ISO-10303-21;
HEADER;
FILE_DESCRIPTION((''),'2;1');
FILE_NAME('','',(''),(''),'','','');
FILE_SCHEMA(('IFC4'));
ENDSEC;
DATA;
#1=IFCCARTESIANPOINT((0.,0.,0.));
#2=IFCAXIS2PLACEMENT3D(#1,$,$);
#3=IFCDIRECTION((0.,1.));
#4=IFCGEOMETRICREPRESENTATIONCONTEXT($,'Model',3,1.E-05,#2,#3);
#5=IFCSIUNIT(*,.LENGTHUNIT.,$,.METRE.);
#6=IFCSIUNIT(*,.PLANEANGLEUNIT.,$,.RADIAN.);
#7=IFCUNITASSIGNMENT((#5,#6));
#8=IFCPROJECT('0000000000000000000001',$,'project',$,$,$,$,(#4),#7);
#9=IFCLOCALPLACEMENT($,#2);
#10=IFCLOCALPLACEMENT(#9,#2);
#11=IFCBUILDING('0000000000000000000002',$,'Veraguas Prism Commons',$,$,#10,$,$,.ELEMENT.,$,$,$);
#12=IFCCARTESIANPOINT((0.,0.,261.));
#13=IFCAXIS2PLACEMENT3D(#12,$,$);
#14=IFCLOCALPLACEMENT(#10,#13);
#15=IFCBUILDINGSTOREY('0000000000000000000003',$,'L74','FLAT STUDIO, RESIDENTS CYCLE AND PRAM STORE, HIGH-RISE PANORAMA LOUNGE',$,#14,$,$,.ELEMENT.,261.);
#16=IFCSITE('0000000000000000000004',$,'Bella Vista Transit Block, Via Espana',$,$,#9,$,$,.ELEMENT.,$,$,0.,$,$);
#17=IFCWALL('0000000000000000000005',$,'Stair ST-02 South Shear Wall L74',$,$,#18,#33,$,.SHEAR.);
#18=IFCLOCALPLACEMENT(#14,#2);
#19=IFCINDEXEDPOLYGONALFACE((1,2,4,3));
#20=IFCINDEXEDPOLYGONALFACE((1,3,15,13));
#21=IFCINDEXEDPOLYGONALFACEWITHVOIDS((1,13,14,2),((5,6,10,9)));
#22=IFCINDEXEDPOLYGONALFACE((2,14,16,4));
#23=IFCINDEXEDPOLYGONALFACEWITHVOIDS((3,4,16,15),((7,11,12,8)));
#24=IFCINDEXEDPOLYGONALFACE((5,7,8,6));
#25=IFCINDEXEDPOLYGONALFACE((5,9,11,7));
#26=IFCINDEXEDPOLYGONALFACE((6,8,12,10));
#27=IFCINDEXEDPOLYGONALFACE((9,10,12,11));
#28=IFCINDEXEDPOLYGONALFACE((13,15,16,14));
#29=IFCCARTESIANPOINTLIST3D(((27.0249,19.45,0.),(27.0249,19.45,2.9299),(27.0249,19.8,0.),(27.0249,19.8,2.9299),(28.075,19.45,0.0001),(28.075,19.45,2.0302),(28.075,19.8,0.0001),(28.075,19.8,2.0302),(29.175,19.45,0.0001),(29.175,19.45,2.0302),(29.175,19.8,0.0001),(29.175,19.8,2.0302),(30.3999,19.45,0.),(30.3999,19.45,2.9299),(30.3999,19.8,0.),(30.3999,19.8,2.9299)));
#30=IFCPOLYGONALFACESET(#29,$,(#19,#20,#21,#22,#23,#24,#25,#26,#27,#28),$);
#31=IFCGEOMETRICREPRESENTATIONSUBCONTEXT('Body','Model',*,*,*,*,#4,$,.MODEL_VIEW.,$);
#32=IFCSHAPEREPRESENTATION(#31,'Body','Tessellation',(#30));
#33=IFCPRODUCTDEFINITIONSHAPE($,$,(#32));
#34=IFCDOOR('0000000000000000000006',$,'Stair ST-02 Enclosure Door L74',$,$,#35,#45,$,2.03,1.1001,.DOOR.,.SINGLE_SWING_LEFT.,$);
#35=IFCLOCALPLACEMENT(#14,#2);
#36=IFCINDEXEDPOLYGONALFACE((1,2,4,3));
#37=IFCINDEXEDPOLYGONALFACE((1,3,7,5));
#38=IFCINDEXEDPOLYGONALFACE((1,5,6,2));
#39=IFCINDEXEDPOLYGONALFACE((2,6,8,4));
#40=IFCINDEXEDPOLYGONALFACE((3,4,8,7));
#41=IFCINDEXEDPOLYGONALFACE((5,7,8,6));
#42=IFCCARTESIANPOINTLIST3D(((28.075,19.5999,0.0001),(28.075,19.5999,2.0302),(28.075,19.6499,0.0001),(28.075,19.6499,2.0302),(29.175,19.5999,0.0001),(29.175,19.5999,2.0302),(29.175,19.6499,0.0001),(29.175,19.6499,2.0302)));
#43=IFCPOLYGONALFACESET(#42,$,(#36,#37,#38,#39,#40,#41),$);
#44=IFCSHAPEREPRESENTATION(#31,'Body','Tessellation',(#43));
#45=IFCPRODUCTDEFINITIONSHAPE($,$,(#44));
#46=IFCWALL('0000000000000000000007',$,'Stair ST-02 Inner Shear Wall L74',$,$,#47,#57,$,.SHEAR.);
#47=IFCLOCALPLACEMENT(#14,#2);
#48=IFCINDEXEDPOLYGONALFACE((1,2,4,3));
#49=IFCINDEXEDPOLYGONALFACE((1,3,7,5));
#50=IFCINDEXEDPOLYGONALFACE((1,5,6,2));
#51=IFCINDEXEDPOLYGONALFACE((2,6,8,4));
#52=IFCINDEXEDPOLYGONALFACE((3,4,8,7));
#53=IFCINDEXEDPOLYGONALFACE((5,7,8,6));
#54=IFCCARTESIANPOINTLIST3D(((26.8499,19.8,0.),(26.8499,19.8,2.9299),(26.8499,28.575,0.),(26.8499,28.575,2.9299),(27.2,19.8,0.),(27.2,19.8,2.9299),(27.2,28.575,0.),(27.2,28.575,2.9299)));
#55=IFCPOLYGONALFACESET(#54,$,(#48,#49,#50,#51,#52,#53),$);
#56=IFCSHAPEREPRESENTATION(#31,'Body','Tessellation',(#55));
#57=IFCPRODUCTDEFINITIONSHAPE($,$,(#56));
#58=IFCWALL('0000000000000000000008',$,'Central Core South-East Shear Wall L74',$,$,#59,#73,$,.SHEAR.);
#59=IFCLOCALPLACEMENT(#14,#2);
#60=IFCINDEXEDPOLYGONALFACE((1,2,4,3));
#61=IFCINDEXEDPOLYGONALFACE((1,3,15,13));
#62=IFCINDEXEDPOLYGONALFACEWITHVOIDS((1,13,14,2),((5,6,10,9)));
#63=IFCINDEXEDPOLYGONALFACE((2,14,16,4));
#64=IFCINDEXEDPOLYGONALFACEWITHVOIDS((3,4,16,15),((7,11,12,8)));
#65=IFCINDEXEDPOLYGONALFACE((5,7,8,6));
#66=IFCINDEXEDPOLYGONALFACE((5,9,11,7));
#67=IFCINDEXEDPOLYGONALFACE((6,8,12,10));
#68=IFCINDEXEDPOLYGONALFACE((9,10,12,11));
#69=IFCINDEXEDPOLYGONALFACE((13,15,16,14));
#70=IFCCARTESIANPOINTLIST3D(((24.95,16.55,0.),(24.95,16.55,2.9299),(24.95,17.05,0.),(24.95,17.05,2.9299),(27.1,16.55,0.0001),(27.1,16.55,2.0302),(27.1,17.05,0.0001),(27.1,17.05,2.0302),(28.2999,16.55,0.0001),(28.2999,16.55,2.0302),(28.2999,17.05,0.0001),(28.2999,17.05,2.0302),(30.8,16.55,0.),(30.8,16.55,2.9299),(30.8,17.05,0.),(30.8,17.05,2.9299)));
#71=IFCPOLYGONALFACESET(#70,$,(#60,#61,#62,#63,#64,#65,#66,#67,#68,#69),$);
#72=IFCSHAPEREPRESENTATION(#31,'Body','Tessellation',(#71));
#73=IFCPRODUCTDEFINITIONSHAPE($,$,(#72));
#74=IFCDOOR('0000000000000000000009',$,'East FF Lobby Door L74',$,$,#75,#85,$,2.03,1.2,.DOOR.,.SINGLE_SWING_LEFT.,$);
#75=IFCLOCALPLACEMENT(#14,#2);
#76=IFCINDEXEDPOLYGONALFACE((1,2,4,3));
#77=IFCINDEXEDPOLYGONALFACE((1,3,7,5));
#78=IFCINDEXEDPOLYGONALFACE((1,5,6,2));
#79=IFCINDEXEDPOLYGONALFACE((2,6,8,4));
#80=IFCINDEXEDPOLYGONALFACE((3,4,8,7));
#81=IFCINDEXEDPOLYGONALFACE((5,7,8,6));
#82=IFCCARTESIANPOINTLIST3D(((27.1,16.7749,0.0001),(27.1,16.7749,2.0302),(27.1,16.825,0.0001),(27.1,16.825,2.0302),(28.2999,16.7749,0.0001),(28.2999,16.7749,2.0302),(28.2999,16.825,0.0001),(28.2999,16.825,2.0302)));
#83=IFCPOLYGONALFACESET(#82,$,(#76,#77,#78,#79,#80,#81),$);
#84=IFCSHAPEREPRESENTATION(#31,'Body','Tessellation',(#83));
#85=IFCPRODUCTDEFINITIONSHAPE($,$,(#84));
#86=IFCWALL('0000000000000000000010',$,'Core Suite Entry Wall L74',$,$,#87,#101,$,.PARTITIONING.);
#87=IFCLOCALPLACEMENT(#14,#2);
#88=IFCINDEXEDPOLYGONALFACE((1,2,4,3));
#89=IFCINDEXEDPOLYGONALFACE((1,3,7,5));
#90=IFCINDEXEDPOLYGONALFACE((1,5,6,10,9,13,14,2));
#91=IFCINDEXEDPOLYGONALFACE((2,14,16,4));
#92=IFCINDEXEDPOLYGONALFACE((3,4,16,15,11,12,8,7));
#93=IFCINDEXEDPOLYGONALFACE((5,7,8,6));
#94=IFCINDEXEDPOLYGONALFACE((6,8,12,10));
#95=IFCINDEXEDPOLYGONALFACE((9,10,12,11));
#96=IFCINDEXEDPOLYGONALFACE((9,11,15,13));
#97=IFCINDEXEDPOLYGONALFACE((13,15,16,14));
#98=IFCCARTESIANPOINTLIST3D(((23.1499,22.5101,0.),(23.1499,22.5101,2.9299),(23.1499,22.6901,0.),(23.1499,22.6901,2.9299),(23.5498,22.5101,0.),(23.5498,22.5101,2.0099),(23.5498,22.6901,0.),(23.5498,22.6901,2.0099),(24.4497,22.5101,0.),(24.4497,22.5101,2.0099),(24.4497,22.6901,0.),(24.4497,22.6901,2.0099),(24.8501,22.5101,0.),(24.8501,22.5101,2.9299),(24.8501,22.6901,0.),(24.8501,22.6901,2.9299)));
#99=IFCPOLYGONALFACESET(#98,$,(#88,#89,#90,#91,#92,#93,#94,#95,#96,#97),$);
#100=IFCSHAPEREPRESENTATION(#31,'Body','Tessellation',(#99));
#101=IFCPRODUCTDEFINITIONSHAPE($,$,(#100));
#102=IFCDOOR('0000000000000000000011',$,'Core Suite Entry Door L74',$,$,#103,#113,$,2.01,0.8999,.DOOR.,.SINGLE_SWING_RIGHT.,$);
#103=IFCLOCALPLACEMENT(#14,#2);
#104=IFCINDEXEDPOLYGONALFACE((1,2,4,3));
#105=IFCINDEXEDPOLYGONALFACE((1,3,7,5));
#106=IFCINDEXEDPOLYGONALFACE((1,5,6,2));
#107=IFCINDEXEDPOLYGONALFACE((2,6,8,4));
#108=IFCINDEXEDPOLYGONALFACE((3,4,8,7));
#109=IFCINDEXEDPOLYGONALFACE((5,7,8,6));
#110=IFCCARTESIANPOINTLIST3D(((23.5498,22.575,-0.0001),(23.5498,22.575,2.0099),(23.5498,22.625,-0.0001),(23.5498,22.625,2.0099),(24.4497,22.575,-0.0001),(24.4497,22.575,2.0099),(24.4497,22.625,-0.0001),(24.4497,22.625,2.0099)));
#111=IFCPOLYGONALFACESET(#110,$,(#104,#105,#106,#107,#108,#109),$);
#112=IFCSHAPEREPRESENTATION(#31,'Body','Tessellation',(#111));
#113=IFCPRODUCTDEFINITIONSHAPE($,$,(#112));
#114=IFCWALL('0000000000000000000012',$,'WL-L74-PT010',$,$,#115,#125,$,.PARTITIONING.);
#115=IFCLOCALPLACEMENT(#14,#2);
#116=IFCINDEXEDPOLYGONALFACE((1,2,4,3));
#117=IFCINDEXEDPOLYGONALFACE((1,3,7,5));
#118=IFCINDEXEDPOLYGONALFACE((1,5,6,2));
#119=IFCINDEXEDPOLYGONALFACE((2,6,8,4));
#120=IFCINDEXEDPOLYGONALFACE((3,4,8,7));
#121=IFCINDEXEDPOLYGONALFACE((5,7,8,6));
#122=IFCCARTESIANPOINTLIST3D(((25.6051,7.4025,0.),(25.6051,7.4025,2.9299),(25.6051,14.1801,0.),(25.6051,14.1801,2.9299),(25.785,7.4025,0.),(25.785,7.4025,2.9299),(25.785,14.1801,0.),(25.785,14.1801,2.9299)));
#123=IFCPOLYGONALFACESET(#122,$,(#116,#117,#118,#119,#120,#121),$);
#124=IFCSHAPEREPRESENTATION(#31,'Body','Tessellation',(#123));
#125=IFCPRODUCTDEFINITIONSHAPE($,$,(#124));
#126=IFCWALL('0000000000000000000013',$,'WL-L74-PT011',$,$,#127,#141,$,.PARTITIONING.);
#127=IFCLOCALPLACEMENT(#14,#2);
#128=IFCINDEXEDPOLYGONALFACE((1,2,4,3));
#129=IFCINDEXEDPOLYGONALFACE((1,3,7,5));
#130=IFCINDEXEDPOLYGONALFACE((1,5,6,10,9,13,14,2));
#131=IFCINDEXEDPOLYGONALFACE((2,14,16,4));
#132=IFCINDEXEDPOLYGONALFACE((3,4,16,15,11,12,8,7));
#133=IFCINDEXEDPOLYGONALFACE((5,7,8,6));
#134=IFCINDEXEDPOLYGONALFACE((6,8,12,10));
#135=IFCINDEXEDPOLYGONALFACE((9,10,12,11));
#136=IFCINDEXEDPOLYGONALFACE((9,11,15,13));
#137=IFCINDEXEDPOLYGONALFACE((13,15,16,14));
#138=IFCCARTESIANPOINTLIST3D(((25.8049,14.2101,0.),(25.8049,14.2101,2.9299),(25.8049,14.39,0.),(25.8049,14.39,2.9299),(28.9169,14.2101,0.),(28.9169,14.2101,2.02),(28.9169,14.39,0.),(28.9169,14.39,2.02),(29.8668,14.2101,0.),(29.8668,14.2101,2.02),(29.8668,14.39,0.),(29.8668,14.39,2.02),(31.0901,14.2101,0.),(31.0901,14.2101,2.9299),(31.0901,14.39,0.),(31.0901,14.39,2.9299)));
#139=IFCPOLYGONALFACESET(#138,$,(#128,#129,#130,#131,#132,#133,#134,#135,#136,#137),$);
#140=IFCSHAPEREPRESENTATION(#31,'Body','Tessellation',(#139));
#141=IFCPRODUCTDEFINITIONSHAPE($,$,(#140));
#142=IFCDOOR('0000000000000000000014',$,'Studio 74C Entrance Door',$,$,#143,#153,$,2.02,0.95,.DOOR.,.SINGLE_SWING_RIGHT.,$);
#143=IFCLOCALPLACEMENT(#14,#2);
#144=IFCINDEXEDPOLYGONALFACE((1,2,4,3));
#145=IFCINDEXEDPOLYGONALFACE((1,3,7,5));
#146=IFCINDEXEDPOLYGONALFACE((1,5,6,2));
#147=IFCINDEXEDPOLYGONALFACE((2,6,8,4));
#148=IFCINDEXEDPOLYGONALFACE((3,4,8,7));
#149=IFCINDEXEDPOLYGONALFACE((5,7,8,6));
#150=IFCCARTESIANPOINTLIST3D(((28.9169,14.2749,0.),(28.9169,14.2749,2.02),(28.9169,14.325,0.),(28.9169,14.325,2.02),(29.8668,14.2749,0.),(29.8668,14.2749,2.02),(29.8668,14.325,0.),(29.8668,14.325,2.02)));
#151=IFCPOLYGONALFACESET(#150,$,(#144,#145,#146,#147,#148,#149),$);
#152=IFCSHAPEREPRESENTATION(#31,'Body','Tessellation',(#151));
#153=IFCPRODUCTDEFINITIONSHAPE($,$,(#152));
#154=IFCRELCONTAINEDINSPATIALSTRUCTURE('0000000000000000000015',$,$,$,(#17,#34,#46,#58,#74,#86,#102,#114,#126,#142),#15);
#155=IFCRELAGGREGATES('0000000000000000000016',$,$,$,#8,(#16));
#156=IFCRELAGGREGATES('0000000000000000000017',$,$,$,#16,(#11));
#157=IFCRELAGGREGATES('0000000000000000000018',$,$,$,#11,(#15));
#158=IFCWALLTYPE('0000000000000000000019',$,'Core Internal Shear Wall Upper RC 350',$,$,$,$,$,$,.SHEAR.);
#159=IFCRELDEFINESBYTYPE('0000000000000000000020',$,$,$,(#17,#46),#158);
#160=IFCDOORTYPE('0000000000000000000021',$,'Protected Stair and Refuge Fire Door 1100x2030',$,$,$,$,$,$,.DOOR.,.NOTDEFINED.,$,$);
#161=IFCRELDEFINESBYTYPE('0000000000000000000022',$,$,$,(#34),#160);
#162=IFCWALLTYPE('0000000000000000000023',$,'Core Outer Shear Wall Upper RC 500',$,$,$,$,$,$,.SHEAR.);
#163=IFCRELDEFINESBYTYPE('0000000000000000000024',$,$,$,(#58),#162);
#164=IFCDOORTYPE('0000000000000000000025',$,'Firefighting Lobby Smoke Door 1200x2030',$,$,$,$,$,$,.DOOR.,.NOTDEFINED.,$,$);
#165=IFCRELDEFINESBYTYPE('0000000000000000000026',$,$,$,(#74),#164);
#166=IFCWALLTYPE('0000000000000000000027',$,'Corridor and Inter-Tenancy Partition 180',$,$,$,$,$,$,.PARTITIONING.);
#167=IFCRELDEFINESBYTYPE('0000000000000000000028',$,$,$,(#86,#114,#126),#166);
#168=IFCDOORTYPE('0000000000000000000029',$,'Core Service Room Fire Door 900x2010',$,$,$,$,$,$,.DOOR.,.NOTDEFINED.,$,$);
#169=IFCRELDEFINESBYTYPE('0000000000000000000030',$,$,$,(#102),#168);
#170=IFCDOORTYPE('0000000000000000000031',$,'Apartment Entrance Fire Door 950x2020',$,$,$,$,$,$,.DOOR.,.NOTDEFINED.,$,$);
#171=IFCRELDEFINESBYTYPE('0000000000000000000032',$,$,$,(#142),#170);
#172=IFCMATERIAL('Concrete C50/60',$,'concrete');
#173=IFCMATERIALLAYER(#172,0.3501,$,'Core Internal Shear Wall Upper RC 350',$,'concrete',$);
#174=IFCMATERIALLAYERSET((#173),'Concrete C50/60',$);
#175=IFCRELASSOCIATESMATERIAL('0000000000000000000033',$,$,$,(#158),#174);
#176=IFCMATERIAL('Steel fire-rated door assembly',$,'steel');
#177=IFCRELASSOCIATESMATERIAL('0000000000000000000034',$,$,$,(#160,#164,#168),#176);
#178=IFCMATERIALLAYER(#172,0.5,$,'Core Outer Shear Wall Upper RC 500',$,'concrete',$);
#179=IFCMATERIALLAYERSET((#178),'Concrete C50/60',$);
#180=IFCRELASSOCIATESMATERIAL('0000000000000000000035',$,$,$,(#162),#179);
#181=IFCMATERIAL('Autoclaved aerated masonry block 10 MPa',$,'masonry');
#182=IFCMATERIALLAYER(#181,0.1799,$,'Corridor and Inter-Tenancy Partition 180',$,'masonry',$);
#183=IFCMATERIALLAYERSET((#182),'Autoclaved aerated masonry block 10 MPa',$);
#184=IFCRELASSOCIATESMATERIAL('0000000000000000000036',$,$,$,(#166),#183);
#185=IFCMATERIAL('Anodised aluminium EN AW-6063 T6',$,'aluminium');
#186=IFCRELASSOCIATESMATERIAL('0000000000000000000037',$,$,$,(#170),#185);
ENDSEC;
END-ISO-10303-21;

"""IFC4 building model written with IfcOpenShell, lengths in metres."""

from ifc_helpers import new_model, si_unit, direction, frame, frame_2d, origin, place, context, subcontext, project, spatial, rectangle, extrude, source, transform, mapped, material, layer, layer_set, type_object, element, fill, save


model = new_model("IFC4")

# Units and contexts
model_context = context("Model", 3, precision=1e-05, world=origin(), true_north=direction((0.0, 1.0)))
body_context = subcontext(model_context, "Body", "Model", "MODEL_VIEW")
ifc_project = project(units=[si_unit("LENGTHUNIT", "METRE"), si_unit("PLANEANGLEUNIT", "RADIAN")], contexts=[model_context])

# Site, building, storey
site_placement = place(None, origin())
site = spatial("IfcSite", under=ifc_project, at=site_placement, Name="Bella Vista Transit Block, Via Espana", CompositionType="ELEMENT", RefElevation=0.0)
building_placement = place(site_placement, origin())
building = spatial("IfcBuilding", under=site, at=building_placement, Name="Veraguas Prism Commons", CompositionType="ELEMENT")
storey_placement = place(building_placement, frame((0.0, 0.0, 261.0)))
storey = spatial("IfcBuildingStorey", under=building, at=storey_placement, Name="L74", Description="FLAT STUDIO, RESIDENTS CYCLE AND PRAM STORE, HIGH-RISE PANORAMA LOUNGE", CompositionType="ELEMENT", Elevation=261.0)

# Wall, opening, door
ifc_material_1 = material(Name="Concrete C50/60", Category="concrete")
ifc_layer_1 = layer(ifc_material_1, 0.3501, Name="Core Internal Shear Wall Upper RC 350", Category="concrete")
ifc_layer_set_1 = layer_set([ifc_layer_1], Name="Concrete C50/60")
wall_type_1 = type_object("IfcWallType", Name="Core Internal Shear Wall Upper RC 350", PredefinedType="SHEAR", material=ifc_layer_set_1)
wall_1_placement = place(storey_placement, frame((27.0249, 19.625, 0.0), z_axis=(0.0, 0.0, 1.0), x_axis=(1.0, 0.0, 0.0)))
wall_1 = element("IfcWall", 1, at=wall_1_placement, inside=storey, type_object=wall_type_1, Name="Stair ST-02 South Shear Wall L74", PredefinedType="SHEAR", context=body_context, shape_type="SweptSolid", body=[
    extrude(rectangle(XDim=3.375, YDim=0.3501, at=frame_2d((1.6875, 0.0))), origin(), (0.0, 0.0, 1.0), 2.9299),
])
opening_1_placement = place(wall_1_placement, frame((1.05, 0.0, 0.0)))
opening_1 = element("IfcOpeningElement", 2, at=opening_1_placement, cuts=wall_1, PredefinedType="OPENING", context=body_context, shape_type="SweptSolid", body=[
    extrude(rectangle(XDim=1.1001, YDim=2.03, at=frame_2d((0.55, 1.0151))), frame((0.0, 0.1851, 0.0), z_axis=(0.0, -1.0, 0.0), x_axis=(1.0, 0.0, 0.0)), (0.0, 0.0, 1.0), 0.3701),
])
ifc_material_2 = material(Name="Steel fire-rated door assembly", Category="steel")
door_type_1 = type_object("IfcDoorType", Name="Protected Stair and Refuge Fire Door 1100x2030", OperationType="NOTDEFINED", PredefinedType="DOOR", material=ifc_material_2)
shared_shape_1 = source(origin(), body_context, "Body", "SweptSolid", [
    extrude(rectangle(XDim=1.1001, YDim=2.03, at=frame_2d((0.55, 1.0151))), frame((0.0, 0.0249, 0.0), z_axis=(0.0, -1.0, 0.0), x_axis=(1.0, 0.0, 0.0)), (0.0, 0.0, 1.0), 0.05),
])
door_1_placement = place(opening_1_placement, origin())
door_1 = element("IfcDoor", 3, at=door_1_placement, inside=storey, type_object=door_type_1, Name="Stair ST-02 Enclosure Door L74", OperationType="SINGLE_SWING_LEFT", OverallHeight=2.03, OverallWidth=1.1001, PredefinedType="DOOR", context=body_context, shape_type="MappedRepresentation", body=[
    mapped(shared_shape_1, transform((0.0, 0.0, 0.0), scale=1.0)),
])
fill(opening_1, door_1)

# Wall
wall_2_placement = place(storey_placement, frame((27.0249, 19.8, 0.0), z_axis=(0.0, 0.0, 1.0), x_axis=(0.0, 1.0, 0.0)))
element("IfcWall", 4, at=wall_2_placement, inside=storey, type_object=wall_type_1, Name="Stair ST-02 Inner Shear Wall L74", PredefinedType="SHEAR", context=body_context, shape_type="SweptSolid", body=[
    extrude(rectangle(XDim=8.7749, YDim=0.3501, at=frame_2d((4.3875, 0.0))), origin(), (0.0, 0.0, 1.0), 2.9299),
])

# Walls, openings, doors
ifc_layer_2 = layer(ifc_material_1, 0.5, Name="Core Outer Shear Wall Upper RC 500", Category="concrete")
ifc_layer_set_2 = layer_set([ifc_layer_2], Name="Concrete C50/60")
wall_type_2 = type_object("IfcWallType", Name="Core Outer Shear Wall Upper RC 500", PredefinedType="SHEAR", material=ifc_layer_set_2)
wall_3_placement = place(storey_placement, frame((24.95, 16.8, 0.0), z_axis=(0.0, 0.0, 1.0), x_axis=(1.0, 0.0, 0.0)))
wall_3 = element("IfcWall", 5, at=wall_3_placement, inside=storey, type_object=wall_type_2, Name="Central Core South-East Shear Wall L74", PredefinedType="SHEAR", context=body_context, shape_type="SweptSolid", body=[
    extrude(rectangle(XDim=5.8501, YDim=0.5, at=frame_2d((2.925, 0.0))), origin(), (0.0, 0.0, 1.0), 2.9299),
])
opening_2_placement = place(wall_3_placement, frame((2.1499, 0.0, 0.0)))
opening_2 = element("IfcOpeningElement", 6, at=opening_2_placement, cuts=wall_3, PredefinedType="OPENING", context=body_context, shape_type="SweptSolid", body=[
    extrude(rectangle(XDim=1.2, YDim=2.03, at=frame_2d((0.6001, 1.0151))), frame((0.0, 0.26, 0.0), z_axis=(0.0, -1.0, 0.0), x_axis=(1.0, 0.0, 0.0)), (0.0, 0.0, 1.0), 0.52),
])
door_type_2 = type_object("IfcDoorType", Name="Firefighting Lobby Smoke Door 1200x2030", OperationType="NOTDEFINED", PredefinedType="DOOR", material=ifc_material_2)
shared_shape_2 = source(origin(), body_context, "Body", "SweptSolid", [
    extrude(rectangle(XDim=1.2, YDim=2.03, at=frame_2d((0.6001, 1.0151))), frame((0.0, 0.0249, 0.0), z_axis=(0.0, -1.0, 0.0), x_axis=(1.0, 0.0, 0.0)), (0.0, 0.0, 1.0), 0.05),
])
door_2_placement = place(opening_2_placement, origin())
door_2 = element("IfcDoor", 7, at=door_2_placement, inside=storey, type_object=door_type_2, Name="East FF Lobby Door L74", OperationType="SINGLE_SWING_LEFT", OverallHeight=2.03, OverallWidth=1.2, PredefinedType="DOOR", context=body_context, shape_type="MappedRepresentation", body=[
    mapped(shared_shape_2, transform((0.0, 0.0, 0.0), scale=1.0)),
])
fill(opening_2, door_2)
ifc_material_3 = material(Name="Autoclaved aerated masonry block 10 MPa", Category="masonry")
ifc_layer_3 = layer(ifc_material_3, 0.1799, Name="Corridor and Inter-Tenancy Partition 180", Category="masonry")
ifc_layer_set_3 = layer_set([ifc_layer_3], Name="Autoclaved aerated masonry block 10 MPa")
wall_type_3 = type_object("IfcWallType", Name="Corridor and Inter-Tenancy Partition 180", PredefinedType="PARTITIONING", material=ifc_layer_set_3)
wall_4_placement = place(storey_placement, frame((23.1499, 22.6001, 0.0), z_axis=(0.0, 0.0, 1.0), x_axis=(1.0, 0.0, 0.0)))
wall_4 = element("IfcWall", 8, at=wall_4_placement, inside=storey, type_object=wall_type_3, Name="Core Suite Entry Wall L74", PredefinedType="PARTITIONING", context=body_context, shape_type="SweptSolid", body=[
    extrude(rectangle(XDim=1.7002, YDim=0.1799, at=frame_2d((0.8501, 0.0))), origin(), (0.0, 0.0, 1.0), 2.9299),
])
opening_3_placement = place(wall_4_placement, frame((0.3999, 0.0, 0.0)))
opening_3 = element("IfcOpeningElement", 9, at=opening_3_placement, cuts=wall_4, PredefinedType="OPENING", context=body_context, shape_type="SweptSolid", body=[
    extrude(rectangle(XDim=0.8999, YDim=2.01, at=frame_2d((0.45, 1.0049))), frame((0.0, 0.0999, 0.0), z_axis=(0.0, -1.0, 0.0), x_axis=(1.0, 0.0, 0.0)), (0.0, 0.0, 1.0), 0.2),
])
door_type_3 = type_object("IfcDoorType", Name="Core Service Room Fire Door 900x2010", OperationType="NOTDEFINED", PredefinedType="DOOR", material=ifc_material_2)
shared_shape_3 = source(origin(), body_context, "Body", "SweptSolid", [
    extrude(rectangle(XDim=0.8999, YDim=2.01, at=frame_2d((0.45, 1.0049))), frame((0.0, 0.0249, 0.0), z_axis=(0.0, -1.0, 0.0), x_axis=(1.0, 0.0, 0.0)), (0.0, 0.0, 1.0), 0.05),
])
door_3_placement = place(opening_3_placement, origin())
door_3 = element("IfcDoor", 10, at=door_3_placement, inside=storey, type_object=door_type_3, Name="Core Suite Entry Door L74", OperationType="SINGLE_SWING_RIGHT", OverallHeight=2.01, OverallWidth=0.8999, PredefinedType="DOOR", context=body_context, shape_type="MappedRepresentation", body=[
    mapped(shared_shape_3, transform((0.0, 0.0, 0.0), scale=1.0)),
])
fill(opening_3, door_3)

# Wall
wall_5_placement = place(storey_placement, frame((25.6951, 14.1799, 0.0), z_axis=(0.0, 0.0, 1.0), x_axis=(0.0, -1.0, 0.0)))
element("IfcWall", 11, at=wall_5_placement, inside=storey, type_object=wall_type_3, Name="WL-L74-PT010", PredefinedType="PARTITIONING", context=body_context, shape_type="SweptSolid", body=[
    extrude(rectangle(XDim=6.7776, YDim=0.1799, at=frame_2d((3.3887, 0.0))), origin(), (0.0, 0.0, 1.0), 2.9299),
])

# Wall, opening, door
wall_6_placement = place(storey_placement, frame((25.8049, 14.3, 0.0), z_axis=(0.0, 0.0, 1.0), x_axis=(1.0, 0.0, 0.0)))
wall_6 = element("IfcWall", 12, at=wall_6_placement, inside=storey, type_object=wall_type_3, Name="WL-L74-PT011", PredefinedType="PARTITIONING", context=body_context, shape_type="SweptSolid", body=[
    extrude(rectangle(XDim=5.2852, YDim=0.1799, at=frame_2d((2.6426, 0.0))), origin(), (0.0, 0.0, 1.0), 2.9299),
])
opening_4_placement = place(wall_6_placement, frame((3.1118, 0.0, 0.0)))
opening_4 = element("IfcOpeningElement", 13, at=opening_4_placement, cuts=wall_6, PredefinedType="OPENING", context=body_context, shape_type="SweptSolid", body=[
    extrude(rectangle(XDim=0.95, YDim=2.02, at=frame_2d((0.4751, 1.01))), frame((0.0, 0.0999, 0.0), z_axis=(0.0, -1.0, 0.0), x_axis=(1.0, 0.0, 0.0)), (0.0, 0.0, 1.0), 0.2),
])
ifc_material_4 = material(Name="Anodised aluminium EN AW-6063 T6", Category="aluminium")
door_type_4 = type_object("IfcDoorType", Name="Apartment Entrance Fire Door 950x2020", OperationType="NOTDEFINED", PredefinedType="DOOR", material=ifc_material_4)
shared_shape_4 = source(origin(), body_context, "Body", "SweptSolid", [
    extrude(rectangle(XDim=0.95, YDim=2.02, at=frame_2d((0.4751, 1.01))), frame((0.0, 0.0249, 0.0), z_axis=(0.0, -1.0, 0.0), x_axis=(1.0, 0.0, 0.0)), (0.0, 0.0, 1.0), 0.05),
])
door_4_placement = place(opening_4_placement, origin())
door_4 = element("IfcDoor", 14, at=door_4_placement, inside=storey, type_object=door_type_4, Name="Studio 74C Entrance Door", OperationType="SINGLE_SWING_RIGHT", OverallHeight=2.02, OverallWidth=0.95, PredefinedType="DOOR", context=body_context, shape_type="MappedRepresentation", body=[
    mapped(shared_shape_4, transform((0.0, 0.0, 0.0), scale=1.0)),
])
fill(opening_4, door_4)

save(model, "model.ifc")
